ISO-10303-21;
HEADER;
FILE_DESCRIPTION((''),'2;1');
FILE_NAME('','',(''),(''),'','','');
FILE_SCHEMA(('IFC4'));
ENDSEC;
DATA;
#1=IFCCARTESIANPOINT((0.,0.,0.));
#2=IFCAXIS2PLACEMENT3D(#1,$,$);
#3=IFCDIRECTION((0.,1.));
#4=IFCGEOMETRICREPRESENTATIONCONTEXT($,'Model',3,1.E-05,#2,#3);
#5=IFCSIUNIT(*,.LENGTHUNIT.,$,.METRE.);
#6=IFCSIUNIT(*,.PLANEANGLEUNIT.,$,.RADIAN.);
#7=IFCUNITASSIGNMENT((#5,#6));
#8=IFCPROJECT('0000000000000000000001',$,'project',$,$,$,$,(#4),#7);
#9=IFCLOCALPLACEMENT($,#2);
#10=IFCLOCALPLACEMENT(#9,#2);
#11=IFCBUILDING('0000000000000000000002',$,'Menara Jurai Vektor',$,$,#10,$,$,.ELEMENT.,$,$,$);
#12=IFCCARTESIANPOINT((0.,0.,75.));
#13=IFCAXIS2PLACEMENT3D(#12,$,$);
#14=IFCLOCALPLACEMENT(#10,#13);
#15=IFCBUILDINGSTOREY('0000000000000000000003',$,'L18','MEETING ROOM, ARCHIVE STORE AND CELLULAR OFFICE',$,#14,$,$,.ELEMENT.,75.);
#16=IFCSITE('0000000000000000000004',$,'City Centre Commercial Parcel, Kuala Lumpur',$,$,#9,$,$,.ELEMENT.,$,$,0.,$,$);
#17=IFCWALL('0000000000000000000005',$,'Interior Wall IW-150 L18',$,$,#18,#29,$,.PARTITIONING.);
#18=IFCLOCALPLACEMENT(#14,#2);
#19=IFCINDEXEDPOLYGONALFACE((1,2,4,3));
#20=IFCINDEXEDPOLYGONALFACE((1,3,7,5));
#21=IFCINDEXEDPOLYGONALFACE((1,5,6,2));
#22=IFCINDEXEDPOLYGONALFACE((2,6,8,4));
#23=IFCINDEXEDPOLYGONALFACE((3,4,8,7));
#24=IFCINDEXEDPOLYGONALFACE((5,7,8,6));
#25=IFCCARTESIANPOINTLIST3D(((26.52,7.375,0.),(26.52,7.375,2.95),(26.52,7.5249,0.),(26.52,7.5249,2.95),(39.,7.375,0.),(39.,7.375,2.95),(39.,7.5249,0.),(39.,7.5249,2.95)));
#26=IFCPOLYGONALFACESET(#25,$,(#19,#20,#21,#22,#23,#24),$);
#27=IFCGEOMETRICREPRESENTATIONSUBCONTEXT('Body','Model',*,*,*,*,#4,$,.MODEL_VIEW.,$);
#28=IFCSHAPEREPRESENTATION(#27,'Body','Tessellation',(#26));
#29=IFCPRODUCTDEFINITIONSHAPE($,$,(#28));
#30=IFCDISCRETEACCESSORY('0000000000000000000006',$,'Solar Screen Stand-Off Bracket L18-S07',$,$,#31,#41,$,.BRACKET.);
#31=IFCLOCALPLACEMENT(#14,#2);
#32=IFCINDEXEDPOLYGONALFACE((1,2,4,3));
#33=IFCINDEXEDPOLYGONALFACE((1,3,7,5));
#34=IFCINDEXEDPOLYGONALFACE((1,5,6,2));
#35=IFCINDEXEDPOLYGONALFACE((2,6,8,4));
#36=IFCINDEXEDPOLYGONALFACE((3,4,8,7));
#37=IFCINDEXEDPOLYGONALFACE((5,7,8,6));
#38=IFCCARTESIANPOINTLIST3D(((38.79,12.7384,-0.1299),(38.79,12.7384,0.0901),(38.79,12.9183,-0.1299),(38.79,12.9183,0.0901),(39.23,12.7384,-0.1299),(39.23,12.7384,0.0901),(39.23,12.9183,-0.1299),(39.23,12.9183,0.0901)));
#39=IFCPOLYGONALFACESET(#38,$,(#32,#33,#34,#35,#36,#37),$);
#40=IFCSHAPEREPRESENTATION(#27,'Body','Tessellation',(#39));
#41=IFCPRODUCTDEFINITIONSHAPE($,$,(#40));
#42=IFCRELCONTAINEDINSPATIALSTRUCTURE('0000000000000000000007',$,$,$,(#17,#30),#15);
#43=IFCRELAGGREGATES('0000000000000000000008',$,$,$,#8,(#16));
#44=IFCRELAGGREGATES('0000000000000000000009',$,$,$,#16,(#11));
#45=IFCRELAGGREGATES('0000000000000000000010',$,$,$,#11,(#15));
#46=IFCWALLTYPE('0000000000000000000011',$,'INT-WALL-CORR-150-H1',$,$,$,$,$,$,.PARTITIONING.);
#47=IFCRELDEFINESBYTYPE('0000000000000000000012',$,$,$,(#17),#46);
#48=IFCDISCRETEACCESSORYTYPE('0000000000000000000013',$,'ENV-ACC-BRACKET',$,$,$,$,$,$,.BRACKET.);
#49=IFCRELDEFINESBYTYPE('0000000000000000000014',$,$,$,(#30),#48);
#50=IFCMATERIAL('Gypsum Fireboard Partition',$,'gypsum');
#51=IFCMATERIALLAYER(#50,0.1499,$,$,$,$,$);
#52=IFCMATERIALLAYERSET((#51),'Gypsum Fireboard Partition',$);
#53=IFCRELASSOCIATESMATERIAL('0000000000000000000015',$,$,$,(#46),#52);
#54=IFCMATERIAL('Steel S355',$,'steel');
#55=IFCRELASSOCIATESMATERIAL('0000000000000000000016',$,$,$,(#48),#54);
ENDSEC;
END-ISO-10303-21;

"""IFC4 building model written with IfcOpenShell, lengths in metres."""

from ifc_helpers import new_model, si_unit, direction, frame, frame_2d, origin, origin_2d, place, context, subcontext, project, spatial, rectangle, extrude, material, layer, layer_set, type_object, element, save


model = new_model("IFC4")

# Units and contexts
model_context = context("Model", 3, precision=1e-05, world=origin(), true_north=direction((0.0, 1.0)))
body_context = subcontext(model_context, "Body", "Model", "MODEL_VIEW")
ifc_project = project(units=[si_unit("LENGTHUNIT", "METRE"), si_unit("PLANEANGLEUNIT", "RADIAN")], contexts=[model_context])

# Site, building, storey
site_placement = place(None, origin())
site = spatial("IfcSite", under=ifc_project, at=site_placement, Name="City Centre Commercial Parcel, Kuala Lumpur", CompositionType="ELEMENT", RefElevation=0.0)
building_placement = place(site_placement, origin())
building = spatial("IfcBuilding", under=site, at=building_placement, Name="Menara Jurai Vektor", CompositionType="ELEMENT")
storey_placement = place(building_placement, frame((0.0, 0.0, 75.0)))
storey = spatial("IfcBuildingStorey", under=building, at=storey_placement, Name="L18", Description="MEETING ROOM, ARCHIVE STORE AND CELLULAR OFFICE", CompositionType="ELEMENT", Elevation=75.0)

# Shared definitions
ifc_material_1 = material(Name="Steel S355", Category="steel")

# Shared definitions
ifc_material_2 = material(Name="Gypsum Fireboard Partition", Category="gypsum")

# Wall
ifc_layer_1 = layer(ifc_material_2, 0.1499)
ifc_layer_set_1 = layer_set([ifc_layer_1], Name="Gypsum Fireboard Partition")
wall_type_1 = type_object("IfcWallType", Name="INT-WALL-CORR-150-H1", PredefinedType="PARTITIONING", material=ifc_layer_set_1)
wall_1_placement = place(storey_placement, frame((26.52, 7.45, 0.0), z_axis=(0.0, 0.0, 1.0), x_axis=(1.0, 0.0, 0.0)))
element("IfcWall", 1, at=wall_1_placement, inside=storey, type_object=wall_type_1, Name="Interior Wall IW-150 L18", PredefinedType="PARTITIONING", context=body_context, shape_type="SweptSolid", body=[
    extrude(rectangle(XDim=12.48, YDim=0.1499, at=frame_2d((6.24, 0.0))), origin(), (0.0, 0.0, 1.0), 2.95),
])

# Discrete accessory
discrete_accessory_type = type_object("IfcDiscreteAccessoryType", Name="ENV-ACC-BRACKET", PredefinedType="BRACKET", material=ifc_material_1)
discrete_accessory_placement = place(storey_placement, frame((39.01, 12.8284, -0.1299), z_axis=(0.0, 0.0, 1.0), x_axis=(0.0, 1.0, 0.0)))
element("IfcDiscreteAccessory", 2, at=discrete_accessory_placement, inside=storey, type_object=discrete_accessory_type, Name="Solar Screen Stand-Off Bracket L18-S07", PredefinedType="BRACKET", context=body_context, shape_type="SweptSolid", body=[
    extrude(rectangle(XDim=0.1799, YDim=0.4399, at=origin_2d()), origin(), (0.0, 0.0, 1.0), 0.22),
])

save(model, "model.ifc")
